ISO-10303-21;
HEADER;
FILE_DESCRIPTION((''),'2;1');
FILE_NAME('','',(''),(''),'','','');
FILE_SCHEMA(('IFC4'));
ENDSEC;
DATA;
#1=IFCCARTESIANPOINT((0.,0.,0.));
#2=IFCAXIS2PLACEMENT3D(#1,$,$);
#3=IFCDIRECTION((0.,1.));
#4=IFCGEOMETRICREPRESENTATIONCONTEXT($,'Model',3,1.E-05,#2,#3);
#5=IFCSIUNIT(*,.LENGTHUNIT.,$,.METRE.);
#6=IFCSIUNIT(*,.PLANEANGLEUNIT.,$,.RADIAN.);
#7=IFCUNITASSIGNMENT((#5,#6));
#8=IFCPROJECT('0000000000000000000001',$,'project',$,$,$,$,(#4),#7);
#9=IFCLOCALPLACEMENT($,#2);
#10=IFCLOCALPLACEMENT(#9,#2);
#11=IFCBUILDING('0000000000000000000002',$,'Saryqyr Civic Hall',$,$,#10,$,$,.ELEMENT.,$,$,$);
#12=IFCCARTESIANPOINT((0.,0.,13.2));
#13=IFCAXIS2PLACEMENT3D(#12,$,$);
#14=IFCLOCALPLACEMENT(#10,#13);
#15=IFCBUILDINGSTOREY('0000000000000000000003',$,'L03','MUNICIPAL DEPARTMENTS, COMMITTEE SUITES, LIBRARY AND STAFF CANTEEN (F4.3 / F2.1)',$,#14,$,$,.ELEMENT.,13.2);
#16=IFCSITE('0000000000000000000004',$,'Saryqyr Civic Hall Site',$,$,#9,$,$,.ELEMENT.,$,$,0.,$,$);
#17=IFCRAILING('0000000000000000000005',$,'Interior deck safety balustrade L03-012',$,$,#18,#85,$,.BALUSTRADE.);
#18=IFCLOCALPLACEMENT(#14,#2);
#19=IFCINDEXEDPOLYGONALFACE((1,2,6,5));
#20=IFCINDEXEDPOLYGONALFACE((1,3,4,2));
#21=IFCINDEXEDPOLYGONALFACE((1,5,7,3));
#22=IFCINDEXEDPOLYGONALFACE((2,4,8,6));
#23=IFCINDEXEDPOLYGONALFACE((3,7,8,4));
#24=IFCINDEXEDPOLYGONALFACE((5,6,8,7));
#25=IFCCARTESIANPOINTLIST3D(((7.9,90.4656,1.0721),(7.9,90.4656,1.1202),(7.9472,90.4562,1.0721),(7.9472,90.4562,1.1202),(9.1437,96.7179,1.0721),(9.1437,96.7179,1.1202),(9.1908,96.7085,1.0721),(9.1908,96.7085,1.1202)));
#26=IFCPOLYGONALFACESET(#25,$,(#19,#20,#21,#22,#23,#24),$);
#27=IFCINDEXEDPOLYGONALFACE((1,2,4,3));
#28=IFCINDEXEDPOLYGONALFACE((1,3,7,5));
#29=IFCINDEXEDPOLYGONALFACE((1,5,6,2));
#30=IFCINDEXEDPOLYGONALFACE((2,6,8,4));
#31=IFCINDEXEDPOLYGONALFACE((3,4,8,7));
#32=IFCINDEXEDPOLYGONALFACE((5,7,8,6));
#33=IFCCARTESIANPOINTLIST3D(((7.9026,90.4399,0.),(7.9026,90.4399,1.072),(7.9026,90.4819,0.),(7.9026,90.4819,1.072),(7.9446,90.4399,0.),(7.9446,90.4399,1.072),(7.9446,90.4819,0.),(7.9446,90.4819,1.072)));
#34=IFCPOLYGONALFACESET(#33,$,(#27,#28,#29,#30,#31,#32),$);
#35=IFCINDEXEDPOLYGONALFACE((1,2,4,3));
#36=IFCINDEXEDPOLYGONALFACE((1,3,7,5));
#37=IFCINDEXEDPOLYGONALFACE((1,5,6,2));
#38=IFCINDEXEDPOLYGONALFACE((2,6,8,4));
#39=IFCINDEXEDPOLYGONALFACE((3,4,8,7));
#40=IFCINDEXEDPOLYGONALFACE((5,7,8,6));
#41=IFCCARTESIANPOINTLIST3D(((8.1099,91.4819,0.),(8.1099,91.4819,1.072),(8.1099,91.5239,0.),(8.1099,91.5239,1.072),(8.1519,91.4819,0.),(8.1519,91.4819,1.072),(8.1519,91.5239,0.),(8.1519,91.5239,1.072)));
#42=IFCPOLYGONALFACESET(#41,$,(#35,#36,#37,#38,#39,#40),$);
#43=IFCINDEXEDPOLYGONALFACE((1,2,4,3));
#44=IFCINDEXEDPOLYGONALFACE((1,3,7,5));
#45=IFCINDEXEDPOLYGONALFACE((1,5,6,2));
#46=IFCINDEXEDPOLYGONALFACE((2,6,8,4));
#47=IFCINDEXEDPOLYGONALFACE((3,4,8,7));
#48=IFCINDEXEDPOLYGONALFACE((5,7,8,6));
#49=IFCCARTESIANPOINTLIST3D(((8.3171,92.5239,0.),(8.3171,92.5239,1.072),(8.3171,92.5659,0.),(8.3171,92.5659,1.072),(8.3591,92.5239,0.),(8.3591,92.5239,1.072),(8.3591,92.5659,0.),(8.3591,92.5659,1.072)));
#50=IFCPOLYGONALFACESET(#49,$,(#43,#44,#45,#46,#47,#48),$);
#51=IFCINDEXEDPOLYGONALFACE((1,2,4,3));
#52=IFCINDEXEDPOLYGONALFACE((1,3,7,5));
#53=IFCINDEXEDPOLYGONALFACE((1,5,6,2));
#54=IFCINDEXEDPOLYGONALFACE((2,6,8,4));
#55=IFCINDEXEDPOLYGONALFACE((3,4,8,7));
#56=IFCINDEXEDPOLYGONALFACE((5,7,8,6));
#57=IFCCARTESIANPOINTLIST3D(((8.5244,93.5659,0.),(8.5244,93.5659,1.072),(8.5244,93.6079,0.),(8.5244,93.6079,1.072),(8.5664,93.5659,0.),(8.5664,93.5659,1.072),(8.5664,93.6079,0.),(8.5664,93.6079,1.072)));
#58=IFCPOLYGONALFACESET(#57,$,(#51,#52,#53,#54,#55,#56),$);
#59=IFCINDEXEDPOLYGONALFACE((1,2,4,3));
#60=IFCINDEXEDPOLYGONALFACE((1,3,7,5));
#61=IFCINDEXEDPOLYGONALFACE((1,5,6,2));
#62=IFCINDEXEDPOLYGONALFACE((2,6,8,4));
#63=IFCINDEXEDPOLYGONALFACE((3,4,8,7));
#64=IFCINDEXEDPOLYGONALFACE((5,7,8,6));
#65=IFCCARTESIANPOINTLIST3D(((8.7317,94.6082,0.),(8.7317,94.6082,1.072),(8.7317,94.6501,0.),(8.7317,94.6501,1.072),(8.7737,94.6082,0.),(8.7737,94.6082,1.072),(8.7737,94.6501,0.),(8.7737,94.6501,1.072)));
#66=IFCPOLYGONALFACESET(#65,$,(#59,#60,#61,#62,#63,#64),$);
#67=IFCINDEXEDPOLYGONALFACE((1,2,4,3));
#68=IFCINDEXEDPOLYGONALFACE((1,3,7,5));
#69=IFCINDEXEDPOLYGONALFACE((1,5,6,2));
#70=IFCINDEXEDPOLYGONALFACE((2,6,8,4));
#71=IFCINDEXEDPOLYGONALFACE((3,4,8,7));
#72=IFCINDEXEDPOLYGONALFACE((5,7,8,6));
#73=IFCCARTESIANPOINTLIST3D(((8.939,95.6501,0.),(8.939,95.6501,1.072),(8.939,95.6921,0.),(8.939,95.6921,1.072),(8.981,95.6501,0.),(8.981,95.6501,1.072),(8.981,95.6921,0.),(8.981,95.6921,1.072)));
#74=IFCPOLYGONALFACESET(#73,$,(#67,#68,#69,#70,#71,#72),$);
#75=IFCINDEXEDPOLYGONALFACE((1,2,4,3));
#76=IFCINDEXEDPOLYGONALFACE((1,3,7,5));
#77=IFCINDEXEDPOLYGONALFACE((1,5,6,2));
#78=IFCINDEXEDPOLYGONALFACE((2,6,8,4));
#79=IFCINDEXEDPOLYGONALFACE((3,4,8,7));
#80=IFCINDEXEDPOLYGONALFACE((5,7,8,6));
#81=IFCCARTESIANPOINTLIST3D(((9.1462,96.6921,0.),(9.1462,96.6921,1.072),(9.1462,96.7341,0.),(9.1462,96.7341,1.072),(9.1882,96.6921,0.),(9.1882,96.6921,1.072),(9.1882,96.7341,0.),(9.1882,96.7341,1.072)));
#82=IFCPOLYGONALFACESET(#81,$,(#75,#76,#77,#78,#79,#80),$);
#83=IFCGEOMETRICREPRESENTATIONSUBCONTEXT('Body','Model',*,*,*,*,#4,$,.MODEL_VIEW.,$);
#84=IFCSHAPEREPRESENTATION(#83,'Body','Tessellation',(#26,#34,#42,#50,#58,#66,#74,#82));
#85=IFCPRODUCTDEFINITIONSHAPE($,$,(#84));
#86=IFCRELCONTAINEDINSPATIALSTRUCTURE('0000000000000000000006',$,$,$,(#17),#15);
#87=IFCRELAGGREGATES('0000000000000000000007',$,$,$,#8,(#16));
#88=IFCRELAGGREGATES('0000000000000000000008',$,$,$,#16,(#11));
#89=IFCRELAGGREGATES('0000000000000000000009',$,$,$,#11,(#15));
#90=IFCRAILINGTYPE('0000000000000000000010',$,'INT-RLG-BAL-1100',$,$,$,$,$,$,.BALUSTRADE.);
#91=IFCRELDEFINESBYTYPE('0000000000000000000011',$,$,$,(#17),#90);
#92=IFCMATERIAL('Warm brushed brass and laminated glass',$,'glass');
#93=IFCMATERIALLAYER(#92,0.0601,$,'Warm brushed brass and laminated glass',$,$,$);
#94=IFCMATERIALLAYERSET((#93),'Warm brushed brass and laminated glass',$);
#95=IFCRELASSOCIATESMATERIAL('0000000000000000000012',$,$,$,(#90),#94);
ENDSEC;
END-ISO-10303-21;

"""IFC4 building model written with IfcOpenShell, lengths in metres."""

from ifc_helpers import new_model, si_unit, direction, frame, origin, origin_2d, place, context, subcontext, project, spatial, rectangle, extrude, material, layer, layer_set, type_object, element, save


model = new_model("IFC4")

# Units and contexts
model_context = context("Model", 3, precision=1e-05, world=origin(), true_north=direction((0.0, 1.0)))
body_context = subcontext(model_context, "Body", "Model", "MODEL_VIEW")
ifc_project = project(units=[si_unit("LENGTHUNIT", "METRE"), si_unit("PLANEANGLEUNIT", "RADIAN")], contexts=[model_context])

# Site, building, storey
site_placement = place(None, origin())
site = spatial("IfcSite", under=ifc_project, at=site_placement, Name="Saryqyr Civic Hall Site", CompositionType="ELEMENT", RefElevation=0.0)
building_placement = place(site_placement, origin())
building = spatial("IfcBuilding", under=site, at=building_placement, Name="Saryqyr Civic Hall", CompositionType="ELEMENT")
storey_placement = place(building_placement, frame((0.0, 0.0, 13.2)))
storey = spatial("IfcBuildingStorey", under=building, at=storey_placement, Name="L03", Description="MUNICIPAL DEPARTMENTS, COMMITTEE SUITES, LIBRARY AND STAFF CANTEEN (F4.3 / F2.1)", CompositionType="ELEMENT", Elevation=13.2)

# Railing
ifc_material_1 = material(Name="Warm brushed brass and laminated glass", Category="glass")
ifc_layer_1 = layer(ifc_material_1, 0.0601, Name="Warm brushed brass and laminated glass")
ifc_layer_set_1 = layer_set([ifc_layer_1], Name="Warm brushed brass and laminated glass")
railing_type = type_object("IfcRailingType", Name="INT-RLG-BAL-1100", PredefinedType="BALUSTRADE", material=ifc_layer_set_1)
railing_placement = place(storey_placement, frame((7.9236, 90.4609, 0.0)))
element("IfcRailing", 1, at=railing_placement, inside=storey, type_object=railing_type, Name="Interior deck safety balustrade L03-012", PredefinedType="BALUSTRADE", context=body_context, shape_type="SweptSolid", body=[
    extrude(rectangle(XDim=0.0481, YDim=0.0481, at=origin_2d()), frame((0.0, 0.0, 1.0962), z_axis=(0.195092, 0.980785, 0.0), x_axis=(-0.980785, 0.195092, 0.0)), (0.0, 0.0, 1.0), 6.3748),
    extrude(rectangle(XDim=0.042, YDim=0.042, at=origin_2d()), origin(), (0.0, 0.0, 1.0), 1.072),
    extrude(rectangle(XDim=0.042, YDim=0.042, at=origin_2d()), frame((0.2073, 1.042, 0.0)), (0.0, 0.0, 1.0), 1.072),
    extrude(rectangle(XDim=0.042, YDim=0.042, at=origin_2d()), frame((0.4146, 2.084, 0.0)), (0.0, 0.0, 1.0), 1.072),
    extrude(rectangle(XDim=0.042, YDim=0.042, at=origin_2d()), frame((0.6218, 3.126, 0.0)), (0.0, 0.0, 1.0), 1.072),
    extrude(rectangle(XDim=0.042, YDim=0.042, at=origin_2d()), frame((0.8291, 4.1682, 0.0)), (0.0, 0.0, 1.0), 1.072),
    extrude(rectangle(XDim=0.042, YDim=0.042, at=origin_2d()), frame((1.0364, 5.2102, 0.0)), (0.0, 0.0, 1.0), 1.072),
    extrude(rectangle(XDim=0.042, YDim=0.042, at=origin_2d()), frame((1.2437, 6.2522, 0.0)), (0.0, 0.0, 1.0), 1.072),
])

save(model, "model.ifc")
